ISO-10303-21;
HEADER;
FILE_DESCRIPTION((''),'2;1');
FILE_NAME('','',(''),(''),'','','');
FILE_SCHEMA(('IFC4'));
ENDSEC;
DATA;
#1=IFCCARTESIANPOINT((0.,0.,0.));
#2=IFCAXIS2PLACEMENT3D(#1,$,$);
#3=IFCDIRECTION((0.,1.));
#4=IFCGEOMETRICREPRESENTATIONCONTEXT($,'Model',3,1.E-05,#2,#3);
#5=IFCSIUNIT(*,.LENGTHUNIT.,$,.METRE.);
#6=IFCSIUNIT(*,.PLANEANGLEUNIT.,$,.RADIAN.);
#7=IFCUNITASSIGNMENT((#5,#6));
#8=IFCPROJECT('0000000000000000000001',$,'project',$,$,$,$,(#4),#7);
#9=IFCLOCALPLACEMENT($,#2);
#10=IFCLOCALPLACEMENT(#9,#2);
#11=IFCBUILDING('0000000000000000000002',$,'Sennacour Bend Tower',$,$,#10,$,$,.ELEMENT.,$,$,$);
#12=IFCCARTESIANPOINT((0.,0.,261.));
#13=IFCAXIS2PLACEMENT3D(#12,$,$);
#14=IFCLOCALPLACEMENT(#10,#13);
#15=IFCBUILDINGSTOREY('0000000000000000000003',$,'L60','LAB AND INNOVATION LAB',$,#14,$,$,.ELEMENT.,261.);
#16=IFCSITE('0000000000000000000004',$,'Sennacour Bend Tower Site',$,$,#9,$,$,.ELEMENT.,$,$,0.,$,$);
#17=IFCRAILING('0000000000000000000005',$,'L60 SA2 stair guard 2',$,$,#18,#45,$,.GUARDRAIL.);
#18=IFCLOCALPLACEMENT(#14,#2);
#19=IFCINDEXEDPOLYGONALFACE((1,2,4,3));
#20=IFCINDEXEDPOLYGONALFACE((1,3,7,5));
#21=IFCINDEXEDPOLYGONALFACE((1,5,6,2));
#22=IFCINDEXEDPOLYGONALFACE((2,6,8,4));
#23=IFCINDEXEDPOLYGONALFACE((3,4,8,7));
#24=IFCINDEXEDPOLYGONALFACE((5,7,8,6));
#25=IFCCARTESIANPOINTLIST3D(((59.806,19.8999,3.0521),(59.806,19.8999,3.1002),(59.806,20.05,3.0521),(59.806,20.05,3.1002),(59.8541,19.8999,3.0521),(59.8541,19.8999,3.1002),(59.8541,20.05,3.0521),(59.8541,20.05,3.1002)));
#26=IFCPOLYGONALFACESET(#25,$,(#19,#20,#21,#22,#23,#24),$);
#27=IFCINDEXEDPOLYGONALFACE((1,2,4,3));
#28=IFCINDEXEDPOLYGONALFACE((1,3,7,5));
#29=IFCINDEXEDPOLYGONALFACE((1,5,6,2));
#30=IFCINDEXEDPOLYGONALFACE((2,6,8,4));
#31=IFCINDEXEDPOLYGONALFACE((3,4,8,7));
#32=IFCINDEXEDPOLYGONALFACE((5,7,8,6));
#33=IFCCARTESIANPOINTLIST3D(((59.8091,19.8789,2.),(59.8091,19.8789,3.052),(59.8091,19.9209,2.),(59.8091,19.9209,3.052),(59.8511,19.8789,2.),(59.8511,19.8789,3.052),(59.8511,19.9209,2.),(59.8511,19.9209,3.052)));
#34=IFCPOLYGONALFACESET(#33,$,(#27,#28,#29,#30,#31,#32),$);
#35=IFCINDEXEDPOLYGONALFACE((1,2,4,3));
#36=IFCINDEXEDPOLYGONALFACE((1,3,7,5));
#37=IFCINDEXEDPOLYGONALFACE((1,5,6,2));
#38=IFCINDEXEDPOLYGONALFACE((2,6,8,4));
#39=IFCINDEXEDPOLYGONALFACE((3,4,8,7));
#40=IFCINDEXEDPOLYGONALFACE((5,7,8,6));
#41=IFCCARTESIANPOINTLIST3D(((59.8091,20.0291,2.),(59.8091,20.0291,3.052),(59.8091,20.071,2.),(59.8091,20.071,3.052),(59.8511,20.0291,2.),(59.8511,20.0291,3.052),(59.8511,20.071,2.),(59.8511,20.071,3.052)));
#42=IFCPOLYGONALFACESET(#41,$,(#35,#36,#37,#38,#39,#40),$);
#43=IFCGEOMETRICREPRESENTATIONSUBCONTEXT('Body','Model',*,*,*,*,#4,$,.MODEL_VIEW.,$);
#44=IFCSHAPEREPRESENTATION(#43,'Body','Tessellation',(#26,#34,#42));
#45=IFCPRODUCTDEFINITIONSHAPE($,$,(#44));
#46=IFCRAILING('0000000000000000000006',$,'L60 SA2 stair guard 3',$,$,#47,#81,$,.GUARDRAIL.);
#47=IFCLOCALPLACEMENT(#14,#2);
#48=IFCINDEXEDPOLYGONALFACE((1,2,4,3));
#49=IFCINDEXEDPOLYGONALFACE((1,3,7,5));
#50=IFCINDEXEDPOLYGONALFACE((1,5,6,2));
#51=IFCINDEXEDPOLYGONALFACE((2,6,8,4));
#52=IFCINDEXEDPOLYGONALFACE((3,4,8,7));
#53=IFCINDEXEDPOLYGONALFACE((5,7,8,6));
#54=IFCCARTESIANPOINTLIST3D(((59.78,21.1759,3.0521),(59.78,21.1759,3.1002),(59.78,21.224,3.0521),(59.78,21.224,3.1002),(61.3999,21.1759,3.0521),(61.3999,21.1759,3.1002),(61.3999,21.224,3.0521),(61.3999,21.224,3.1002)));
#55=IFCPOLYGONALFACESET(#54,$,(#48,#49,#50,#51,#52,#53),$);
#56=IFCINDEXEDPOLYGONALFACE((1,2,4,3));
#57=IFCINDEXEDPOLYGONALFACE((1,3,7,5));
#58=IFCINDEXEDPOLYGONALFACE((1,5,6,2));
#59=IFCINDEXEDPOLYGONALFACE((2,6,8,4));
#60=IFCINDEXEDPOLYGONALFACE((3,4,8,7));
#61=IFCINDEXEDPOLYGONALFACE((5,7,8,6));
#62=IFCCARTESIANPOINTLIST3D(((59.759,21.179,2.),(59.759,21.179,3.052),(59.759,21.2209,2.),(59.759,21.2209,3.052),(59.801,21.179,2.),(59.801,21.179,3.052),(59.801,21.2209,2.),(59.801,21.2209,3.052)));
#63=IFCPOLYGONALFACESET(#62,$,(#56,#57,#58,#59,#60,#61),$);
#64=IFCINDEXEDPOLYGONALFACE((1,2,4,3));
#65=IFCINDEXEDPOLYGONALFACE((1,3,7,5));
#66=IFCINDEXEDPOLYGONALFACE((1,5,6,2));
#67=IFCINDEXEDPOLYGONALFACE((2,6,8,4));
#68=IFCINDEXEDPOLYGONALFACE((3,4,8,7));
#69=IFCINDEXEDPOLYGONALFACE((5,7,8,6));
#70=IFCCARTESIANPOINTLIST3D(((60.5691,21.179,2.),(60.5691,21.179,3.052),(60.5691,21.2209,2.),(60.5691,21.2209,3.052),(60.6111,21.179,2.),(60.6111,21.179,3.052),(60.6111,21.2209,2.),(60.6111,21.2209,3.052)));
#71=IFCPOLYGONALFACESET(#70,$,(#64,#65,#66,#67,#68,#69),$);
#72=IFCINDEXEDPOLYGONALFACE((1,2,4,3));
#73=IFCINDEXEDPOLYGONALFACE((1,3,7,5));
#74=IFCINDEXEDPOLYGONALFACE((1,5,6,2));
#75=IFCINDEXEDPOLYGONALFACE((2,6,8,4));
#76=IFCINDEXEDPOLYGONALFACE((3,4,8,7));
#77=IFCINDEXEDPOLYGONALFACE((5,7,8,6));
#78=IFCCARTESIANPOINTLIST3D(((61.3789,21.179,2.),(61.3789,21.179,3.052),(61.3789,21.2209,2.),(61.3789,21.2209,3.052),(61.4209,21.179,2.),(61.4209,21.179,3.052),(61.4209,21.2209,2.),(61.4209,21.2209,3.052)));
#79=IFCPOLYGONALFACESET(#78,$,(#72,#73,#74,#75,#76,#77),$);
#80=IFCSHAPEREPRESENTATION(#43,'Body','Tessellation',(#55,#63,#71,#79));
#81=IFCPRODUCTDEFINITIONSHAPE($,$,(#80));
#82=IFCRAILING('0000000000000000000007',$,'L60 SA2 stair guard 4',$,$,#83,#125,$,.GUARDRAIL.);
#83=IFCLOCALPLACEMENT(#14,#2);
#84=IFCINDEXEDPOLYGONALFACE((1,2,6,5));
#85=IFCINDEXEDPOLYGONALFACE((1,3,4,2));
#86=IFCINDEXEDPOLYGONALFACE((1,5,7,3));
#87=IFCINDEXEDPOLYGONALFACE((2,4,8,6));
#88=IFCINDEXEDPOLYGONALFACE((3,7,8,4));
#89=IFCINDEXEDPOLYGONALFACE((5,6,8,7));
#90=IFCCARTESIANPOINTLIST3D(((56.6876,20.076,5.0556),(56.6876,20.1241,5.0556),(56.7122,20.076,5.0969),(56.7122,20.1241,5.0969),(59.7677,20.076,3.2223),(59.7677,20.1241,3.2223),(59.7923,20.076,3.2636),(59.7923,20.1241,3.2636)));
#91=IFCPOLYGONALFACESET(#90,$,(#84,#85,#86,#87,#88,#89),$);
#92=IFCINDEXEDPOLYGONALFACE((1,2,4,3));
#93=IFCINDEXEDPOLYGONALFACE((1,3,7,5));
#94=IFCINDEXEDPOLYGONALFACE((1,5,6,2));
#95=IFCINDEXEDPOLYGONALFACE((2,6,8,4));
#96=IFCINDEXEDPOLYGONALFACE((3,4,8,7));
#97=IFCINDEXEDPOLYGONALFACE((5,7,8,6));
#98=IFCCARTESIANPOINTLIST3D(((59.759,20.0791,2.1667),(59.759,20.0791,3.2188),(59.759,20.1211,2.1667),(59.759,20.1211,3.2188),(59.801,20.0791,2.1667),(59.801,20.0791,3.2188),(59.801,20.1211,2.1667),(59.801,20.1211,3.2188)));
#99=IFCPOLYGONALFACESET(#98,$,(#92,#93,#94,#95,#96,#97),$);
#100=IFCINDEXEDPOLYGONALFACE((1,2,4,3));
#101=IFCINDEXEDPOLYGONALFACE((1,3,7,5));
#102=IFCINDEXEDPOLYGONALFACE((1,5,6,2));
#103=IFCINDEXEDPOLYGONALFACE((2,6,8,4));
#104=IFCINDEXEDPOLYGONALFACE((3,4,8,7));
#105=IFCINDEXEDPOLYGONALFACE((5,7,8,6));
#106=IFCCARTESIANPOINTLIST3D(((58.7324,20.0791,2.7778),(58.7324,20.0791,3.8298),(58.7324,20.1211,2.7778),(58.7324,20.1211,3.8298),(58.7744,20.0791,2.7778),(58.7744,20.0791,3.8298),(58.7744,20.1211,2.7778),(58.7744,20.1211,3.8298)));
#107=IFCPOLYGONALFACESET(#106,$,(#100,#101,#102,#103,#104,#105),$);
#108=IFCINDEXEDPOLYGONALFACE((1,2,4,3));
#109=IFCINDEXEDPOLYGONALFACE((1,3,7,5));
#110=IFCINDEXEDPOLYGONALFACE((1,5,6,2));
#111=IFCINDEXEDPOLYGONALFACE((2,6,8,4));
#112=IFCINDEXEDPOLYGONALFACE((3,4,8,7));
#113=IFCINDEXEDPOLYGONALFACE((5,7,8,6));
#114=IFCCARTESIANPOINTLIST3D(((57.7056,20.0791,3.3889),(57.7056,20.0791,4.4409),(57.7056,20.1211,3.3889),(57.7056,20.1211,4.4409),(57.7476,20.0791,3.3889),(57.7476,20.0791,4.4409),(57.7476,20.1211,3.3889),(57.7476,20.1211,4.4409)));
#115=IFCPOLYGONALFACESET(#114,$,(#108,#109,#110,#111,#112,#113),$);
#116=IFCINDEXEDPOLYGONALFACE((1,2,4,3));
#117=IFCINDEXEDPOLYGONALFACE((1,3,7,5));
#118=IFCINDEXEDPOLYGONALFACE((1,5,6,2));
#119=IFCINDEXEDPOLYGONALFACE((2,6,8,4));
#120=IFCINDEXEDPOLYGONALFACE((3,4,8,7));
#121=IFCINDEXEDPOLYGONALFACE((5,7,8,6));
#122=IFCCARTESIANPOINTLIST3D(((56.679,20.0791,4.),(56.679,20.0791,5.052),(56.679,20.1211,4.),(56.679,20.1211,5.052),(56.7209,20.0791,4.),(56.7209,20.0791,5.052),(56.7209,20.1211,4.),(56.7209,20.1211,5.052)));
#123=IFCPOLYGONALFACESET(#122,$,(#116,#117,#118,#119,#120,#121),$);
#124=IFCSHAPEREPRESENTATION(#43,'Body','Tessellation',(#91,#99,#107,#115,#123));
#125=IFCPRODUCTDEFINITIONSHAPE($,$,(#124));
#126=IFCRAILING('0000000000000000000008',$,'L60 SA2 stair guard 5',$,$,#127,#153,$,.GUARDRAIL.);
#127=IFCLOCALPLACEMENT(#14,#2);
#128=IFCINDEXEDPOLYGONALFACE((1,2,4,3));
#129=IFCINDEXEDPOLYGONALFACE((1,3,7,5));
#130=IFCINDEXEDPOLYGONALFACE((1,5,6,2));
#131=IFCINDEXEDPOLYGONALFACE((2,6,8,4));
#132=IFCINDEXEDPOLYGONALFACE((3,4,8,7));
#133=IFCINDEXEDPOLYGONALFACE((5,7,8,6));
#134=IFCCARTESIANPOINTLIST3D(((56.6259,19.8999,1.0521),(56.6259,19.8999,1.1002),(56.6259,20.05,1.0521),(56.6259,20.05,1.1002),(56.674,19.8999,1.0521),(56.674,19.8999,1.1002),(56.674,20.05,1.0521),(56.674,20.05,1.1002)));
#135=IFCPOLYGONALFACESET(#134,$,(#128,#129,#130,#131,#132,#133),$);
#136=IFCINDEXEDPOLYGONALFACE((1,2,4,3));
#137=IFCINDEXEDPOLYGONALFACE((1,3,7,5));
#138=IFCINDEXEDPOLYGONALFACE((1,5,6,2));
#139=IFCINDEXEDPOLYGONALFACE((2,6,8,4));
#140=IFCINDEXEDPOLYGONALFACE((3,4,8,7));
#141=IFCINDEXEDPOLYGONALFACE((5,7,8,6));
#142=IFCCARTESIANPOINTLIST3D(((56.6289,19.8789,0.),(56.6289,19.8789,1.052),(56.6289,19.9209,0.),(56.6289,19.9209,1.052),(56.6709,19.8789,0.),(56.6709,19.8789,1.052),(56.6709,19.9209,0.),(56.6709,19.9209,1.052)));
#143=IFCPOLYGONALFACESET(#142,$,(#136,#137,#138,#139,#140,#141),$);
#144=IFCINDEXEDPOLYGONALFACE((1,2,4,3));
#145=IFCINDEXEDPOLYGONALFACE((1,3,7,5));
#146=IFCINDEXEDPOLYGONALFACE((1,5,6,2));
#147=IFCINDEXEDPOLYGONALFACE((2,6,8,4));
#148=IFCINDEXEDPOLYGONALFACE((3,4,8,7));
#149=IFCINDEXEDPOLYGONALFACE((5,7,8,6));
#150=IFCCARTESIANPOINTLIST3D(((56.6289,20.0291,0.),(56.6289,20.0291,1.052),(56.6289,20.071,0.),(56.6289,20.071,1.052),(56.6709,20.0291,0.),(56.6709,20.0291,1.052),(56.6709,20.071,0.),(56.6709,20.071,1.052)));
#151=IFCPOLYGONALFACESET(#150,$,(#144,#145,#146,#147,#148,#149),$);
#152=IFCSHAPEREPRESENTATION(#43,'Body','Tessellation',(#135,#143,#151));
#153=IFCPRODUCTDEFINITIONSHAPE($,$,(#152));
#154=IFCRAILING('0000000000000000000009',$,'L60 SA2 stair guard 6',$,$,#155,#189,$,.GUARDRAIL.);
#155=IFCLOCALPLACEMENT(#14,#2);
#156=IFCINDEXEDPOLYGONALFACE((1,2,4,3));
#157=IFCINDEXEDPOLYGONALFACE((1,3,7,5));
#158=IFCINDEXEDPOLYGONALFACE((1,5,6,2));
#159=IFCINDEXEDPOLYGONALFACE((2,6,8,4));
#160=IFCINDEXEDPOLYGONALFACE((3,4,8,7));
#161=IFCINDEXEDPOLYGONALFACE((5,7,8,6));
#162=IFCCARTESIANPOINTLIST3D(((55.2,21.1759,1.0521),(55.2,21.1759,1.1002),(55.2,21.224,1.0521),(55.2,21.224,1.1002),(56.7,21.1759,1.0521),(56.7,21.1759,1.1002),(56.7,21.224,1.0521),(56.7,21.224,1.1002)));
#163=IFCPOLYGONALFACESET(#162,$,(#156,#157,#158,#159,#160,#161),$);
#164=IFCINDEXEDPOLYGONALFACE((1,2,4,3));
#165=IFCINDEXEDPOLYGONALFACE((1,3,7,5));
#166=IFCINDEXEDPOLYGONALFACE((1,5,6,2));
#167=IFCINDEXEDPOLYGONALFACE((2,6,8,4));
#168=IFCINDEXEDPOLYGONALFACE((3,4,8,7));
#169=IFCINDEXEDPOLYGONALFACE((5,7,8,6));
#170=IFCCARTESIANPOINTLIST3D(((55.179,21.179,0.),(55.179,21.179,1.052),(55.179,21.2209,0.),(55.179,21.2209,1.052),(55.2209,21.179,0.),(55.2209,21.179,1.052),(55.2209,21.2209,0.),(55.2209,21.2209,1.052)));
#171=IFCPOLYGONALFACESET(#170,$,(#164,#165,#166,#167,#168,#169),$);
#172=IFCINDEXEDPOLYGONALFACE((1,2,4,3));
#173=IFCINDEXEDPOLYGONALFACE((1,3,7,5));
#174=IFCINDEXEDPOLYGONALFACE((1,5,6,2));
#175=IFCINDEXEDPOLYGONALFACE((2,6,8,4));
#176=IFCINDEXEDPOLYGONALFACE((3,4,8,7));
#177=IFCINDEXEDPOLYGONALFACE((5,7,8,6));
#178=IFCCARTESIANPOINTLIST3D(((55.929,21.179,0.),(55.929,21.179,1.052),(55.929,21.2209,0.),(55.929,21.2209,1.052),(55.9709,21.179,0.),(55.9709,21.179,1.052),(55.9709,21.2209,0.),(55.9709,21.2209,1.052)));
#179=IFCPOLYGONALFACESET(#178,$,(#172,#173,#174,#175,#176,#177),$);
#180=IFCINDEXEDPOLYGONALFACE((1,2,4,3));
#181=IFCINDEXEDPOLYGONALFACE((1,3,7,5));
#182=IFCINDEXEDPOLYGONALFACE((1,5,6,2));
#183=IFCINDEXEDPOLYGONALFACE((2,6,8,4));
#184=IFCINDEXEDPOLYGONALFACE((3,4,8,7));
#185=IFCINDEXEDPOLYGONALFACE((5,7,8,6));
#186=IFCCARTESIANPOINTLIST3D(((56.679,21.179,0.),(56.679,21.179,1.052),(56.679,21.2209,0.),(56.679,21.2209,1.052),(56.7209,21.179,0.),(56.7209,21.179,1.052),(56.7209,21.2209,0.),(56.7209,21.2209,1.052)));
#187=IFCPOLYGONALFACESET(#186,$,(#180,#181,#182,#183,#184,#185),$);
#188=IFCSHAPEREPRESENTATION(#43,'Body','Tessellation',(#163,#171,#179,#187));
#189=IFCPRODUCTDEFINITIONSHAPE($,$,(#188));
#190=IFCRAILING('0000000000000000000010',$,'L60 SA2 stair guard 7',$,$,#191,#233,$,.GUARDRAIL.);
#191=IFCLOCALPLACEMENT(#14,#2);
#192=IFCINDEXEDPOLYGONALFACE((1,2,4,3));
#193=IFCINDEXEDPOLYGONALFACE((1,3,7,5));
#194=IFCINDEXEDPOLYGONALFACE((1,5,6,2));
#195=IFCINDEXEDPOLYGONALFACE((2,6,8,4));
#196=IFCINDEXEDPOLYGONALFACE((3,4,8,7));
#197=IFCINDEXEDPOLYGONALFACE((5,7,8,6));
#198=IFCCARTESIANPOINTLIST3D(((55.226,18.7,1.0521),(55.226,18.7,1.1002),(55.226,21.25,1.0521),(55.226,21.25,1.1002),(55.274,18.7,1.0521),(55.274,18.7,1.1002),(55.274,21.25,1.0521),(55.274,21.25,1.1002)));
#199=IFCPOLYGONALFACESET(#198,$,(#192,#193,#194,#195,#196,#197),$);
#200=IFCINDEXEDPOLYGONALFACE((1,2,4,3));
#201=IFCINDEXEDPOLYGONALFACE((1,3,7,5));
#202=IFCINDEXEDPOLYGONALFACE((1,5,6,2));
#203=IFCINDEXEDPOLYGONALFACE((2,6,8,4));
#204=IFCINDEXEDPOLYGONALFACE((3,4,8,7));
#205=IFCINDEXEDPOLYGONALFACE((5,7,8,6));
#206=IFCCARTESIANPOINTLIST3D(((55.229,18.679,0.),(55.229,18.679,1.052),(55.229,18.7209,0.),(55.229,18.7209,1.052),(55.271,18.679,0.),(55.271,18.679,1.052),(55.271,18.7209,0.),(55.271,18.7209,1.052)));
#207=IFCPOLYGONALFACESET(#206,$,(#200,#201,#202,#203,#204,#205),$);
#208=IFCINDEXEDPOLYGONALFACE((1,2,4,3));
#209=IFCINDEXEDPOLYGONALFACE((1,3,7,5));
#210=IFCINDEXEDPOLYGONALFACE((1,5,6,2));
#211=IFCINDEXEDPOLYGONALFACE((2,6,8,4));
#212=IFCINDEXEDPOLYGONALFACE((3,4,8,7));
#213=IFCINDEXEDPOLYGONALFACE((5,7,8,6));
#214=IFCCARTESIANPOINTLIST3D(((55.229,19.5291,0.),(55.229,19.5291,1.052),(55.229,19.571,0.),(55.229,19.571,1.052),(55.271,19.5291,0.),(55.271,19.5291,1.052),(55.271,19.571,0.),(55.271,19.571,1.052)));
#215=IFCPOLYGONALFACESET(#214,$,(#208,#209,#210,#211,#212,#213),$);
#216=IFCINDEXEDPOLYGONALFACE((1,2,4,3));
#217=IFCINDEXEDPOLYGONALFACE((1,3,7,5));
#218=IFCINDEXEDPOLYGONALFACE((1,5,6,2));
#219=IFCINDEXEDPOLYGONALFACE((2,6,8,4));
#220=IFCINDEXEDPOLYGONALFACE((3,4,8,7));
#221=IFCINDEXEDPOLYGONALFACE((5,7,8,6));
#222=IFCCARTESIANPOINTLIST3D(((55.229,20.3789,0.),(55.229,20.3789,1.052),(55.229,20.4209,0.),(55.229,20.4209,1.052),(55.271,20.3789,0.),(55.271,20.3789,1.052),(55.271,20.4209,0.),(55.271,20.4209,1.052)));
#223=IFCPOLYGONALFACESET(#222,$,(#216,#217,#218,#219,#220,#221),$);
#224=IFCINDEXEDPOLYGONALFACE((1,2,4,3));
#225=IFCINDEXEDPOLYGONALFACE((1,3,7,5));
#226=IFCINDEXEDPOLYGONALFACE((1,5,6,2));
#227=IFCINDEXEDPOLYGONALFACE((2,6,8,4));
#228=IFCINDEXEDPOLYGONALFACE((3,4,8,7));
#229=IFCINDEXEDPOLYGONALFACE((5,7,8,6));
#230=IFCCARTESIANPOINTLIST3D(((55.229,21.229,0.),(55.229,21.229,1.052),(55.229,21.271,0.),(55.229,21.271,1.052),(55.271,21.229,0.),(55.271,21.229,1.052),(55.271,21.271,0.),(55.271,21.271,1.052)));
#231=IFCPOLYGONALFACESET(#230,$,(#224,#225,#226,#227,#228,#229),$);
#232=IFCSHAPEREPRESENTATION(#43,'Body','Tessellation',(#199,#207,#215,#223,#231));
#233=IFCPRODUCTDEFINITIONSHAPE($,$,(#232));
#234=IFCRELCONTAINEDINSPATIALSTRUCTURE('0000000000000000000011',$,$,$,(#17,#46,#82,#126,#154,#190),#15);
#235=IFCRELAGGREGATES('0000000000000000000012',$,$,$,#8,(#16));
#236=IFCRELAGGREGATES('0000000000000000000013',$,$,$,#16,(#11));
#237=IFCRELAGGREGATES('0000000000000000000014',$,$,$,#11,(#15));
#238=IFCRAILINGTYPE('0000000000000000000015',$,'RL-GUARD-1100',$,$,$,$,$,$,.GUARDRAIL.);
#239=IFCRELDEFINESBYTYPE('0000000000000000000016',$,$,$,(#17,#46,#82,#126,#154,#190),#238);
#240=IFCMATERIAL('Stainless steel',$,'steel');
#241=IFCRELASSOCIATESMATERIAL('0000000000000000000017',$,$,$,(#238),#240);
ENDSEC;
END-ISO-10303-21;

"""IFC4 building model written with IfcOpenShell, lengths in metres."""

from ifc_helpers import new_model, si_unit, direction, frame, origin, origin_2d, place, context, subcontext, project, spatial, rectangle, extrude, material, type_object, element, save


model = new_model("IFC4")

# Units and contexts
model_context = context("Model", 3, precision=1e-05, world=origin(), true_north=direction((0.0, 1.0)))
body_context = subcontext(model_context, "Body", "Model", "MODEL_VIEW")
ifc_project = project(units=[si_unit("LENGTHUNIT", "METRE"), si_unit("PLANEANGLEUNIT", "RADIAN")], contexts=[model_context])

# Site, building, storey
site_placement = place(None, origin())
site = spatial("IfcSite", under=ifc_project, at=site_placement, Name="Sennacour Bend Tower Site", CompositionType="ELEMENT", RefElevation=0.0)
building_placement = place(site_placement, origin())
building = spatial("IfcBuilding", under=site, at=building_placement, Name="Sennacour Bend Tower", CompositionType="ELEMENT")
storey_placement = place(building_placement, frame((0.0, 0.0, 261.0)))
storey = spatial("IfcBuildingStorey", under=building, at=storey_placement, Name="L60", Description="LAB AND INNOVATION LAB", CompositionType="ELEMENT", Elevation=261.0)

# Railings
ifc_material_1 = material(Name="Stainless steel", Category="steel")
railing_type_1 = type_object("IfcRailingType", Name="RL-GUARD-1100", PredefinedType="GUARDRAIL", material=ifc_material_1)
railing_1_placement = place(storey_placement, frame((59.8301, 19.8999, 2.0)))
element("IfcRailing", 1, at=railing_1_placement, inside=storey, type_object=railing_type_1, Name="L60 SA2 stair guard 2", PredefinedType="GUARDRAIL", context=body_context, shape_type="SweptSolid", body=[
    extrude(rectangle(XDim=0.0481, YDim=0.0481, at=origin_2d()), frame((0.0, 0.0, 1.0762), z_axis=(0.0, 1.0, 0.0), x_axis=(-1.0, 0.0, 0.0)), (0.0, 0.0, 1.0), 0.1501),
    extrude(rectangle(XDim=0.042, YDim=0.042, at=origin_2d()), origin(), (0.0, 0.0, 1.0), 1.052),
    extrude(rectangle(XDim=0.042, YDim=0.042, at=origin_2d()), frame((0.0, 0.1501, 0.0)), (0.0, 0.0, 1.0), 1.052),
])
railing_2_placement = place(storey_placement, frame((59.78, 21.2, 2.0)))
element("IfcRailing", 2, at=railing_2_placement, inside=storey, type_object=railing_type_1, Name="L60 SA2 stair guard 3", PredefinedType="GUARDRAIL", context=body_context, shape_type="SweptSolid", body=[
    extrude(rectangle(XDim=0.0481, YDim=0.0481, at=origin_2d()), frame((0.0, 0.0, 1.0762), z_axis=(1.0, 0.0, 0.0), x_axis=(0.0, 1.0, 0.0)), (0.0, 0.0, 1.0), 1.6199),
    extrude(rectangle(XDim=0.042, YDim=0.042, at=origin_2d()), origin(), (0.0, 0.0, 1.0), 1.052),
    extrude(rectangle(XDim=0.042, YDim=0.042, at=origin_2d()), frame((0.8101, 0.0, 0.0)), (0.0, 0.0, 1.0), 1.052),
    extrude(rectangle(XDim=0.042, YDim=0.042, at=origin_2d()), frame((1.6199, 0.0, 0.0)), (0.0, 0.0, 1.0), 1.052),
])
railing_3_placement = place(storey_placement, frame((59.78, 20.1001, 2.1667)))
element("IfcRailing", 3, at=railing_3_placement, inside=storey, type_object=railing_type_1, Name="L60 SA2 stair guard 4", PredefinedType="GUARDRAIL", context=body_context, shape_type="SweptSolid", body=[
    extrude(rectangle(XDim=0.0481, YDim=0.0481, at=origin_2d()), frame((0.0, 0.0, 1.0762), z_axis=(-0.859309, 0.0, 0.511458), x_axis=(0.0, -1.0, 0.0)), (0.0, 0.0, 1.0), 3.5845),
    extrude(rectangle(XDim=0.042, YDim=0.042, at=origin_2d()), origin(), (0.0, 0.0, 1.0), 1.052),
    extrude(rectangle(XDim=0.042, YDim=0.042, at=origin_2d()), frame((-1.0266, 0.0, 0.6111)), (0.0, 0.0, 1.0), 1.052),
    extrude(rectangle(XDim=0.042, YDim=0.042, at=origin_2d()), frame((-2.0535, 0.0, 1.2222)), (0.0, 0.0, 1.0), 1.052),
    extrude(rectangle(XDim=0.042, YDim=0.042, at=origin_2d()), frame((-3.0801, 0.0, 1.8333)), (0.0, 0.0, 1.0), 1.052),
])
railing_4_placement = place(storey_placement, frame((56.6499, 19.8999, 0.0)))
element("IfcRailing", 4, at=railing_4_placement, inside=storey, type_object=railing_type_1, Name="L60 SA2 stair guard 5", PredefinedType="GUARDRAIL", context=body_context, shape_type="SweptSolid", body=[
    extrude(rectangle(XDim=0.0481, YDim=0.0481, at=origin_2d()), frame((0.0, 0.0, 1.0762), z_axis=(0.0, 1.0, 0.0), x_axis=(-1.0, 0.0, 0.0)), (0.0, 0.0, 1.0), 0.1501),
    extrude(rectangle(XDim=0.042, YDim=0.042, at=origin_2d()), origin(), (0.0, 0.0, 1.0), 1.052),
    extrude(rectangle(XDim=0.042, YDim=0.042, at=origin_2d()), frame((0.0, 0.1501, 0.0)), (0.0, 0.0, 1.0), 1.052),
])
railing_5_placement = place(storey_placement, frame((55.2, 21.2, 0.0)))
element("IfcRailing", 5, at=railing_5_placement, inside=storey, type_object=railing_type_1, Name="L60 SA2 stair guard 6", PredefinedType="GUARDRAIL", context=body_context, shape_type="SweptSolid", body=[
    extrude(rectangle(XDim=0.0481, YDim=0.0481, at=origin_2d()), frame((0.0, 0.0, 1.0762), z_axis=(1.0, 0.0, 0.0), x_axis=(0.0, 1.0, 0.0)), (0.0, 0.0, 1.0), 1.5),
    extrude(rectangle(XDim=0.042, YDim=0.042, at=origin_2d()), origin(), (0.0, 0.0, 1.0), 1.052),
    extrude(rectangle(XDim=0.042, YDim=0.042, at=origin_2d()), frame((0.75, 0.0, 0.0)), (0.0, 0.0, 1.0), 1.052),
    extrude(rectangle(XDim=0.042, YDim=0.042, at=origin_2d()), frame((1.5, 0.0, 0.0)), (0.0, 0.0, 1.0), 1.052),
])
railing_6_placement = place(storey_placement, frame((55.25, 18.7, 0.0)))
element("IfcRailing", 6, at=railing_6_placement, inside=storey, type_object=railing_type_1, Name="L60 SA2 stair guard 7", PredefinedType="GUARDRAIL", context=body_context, shape_type="SweptSolid", body=[
    extrude(rectangle(XDim=0.0481, YDim=0.0481, at=origin_2d()), frame((0.0, 0.0, 1.0762), z_axis=(0.0, 1.0, 0.0), x_axis=(-1.0, 0.0, 0.0)), (0.0, 0.0, 1.0), 2.55),
    extrude(rectangle(XDim=0.042, YDim=0.042, at=origin_2d()), origin(), (0.0, 0.0, 1.0), 1.052),
    extrude(rectangle(XDim=0.042, YDim=0.042, at=origin_2d()), frame((0.0, 0.8501, 0.0)), (0.0, 0.0, 1.0), 1.052),
    extrude(rectangle(XDim=0.042, YDim=0.042, at=origin_2d()), frame((0.0, 1.7, 0.0)), (0.0, 0.0, 1.0), 1.052),
    extrude(rectangle(XDim=0.042, YDim=0.042, at=origin_2d()), frame((0.0, 2.55, 0.0)), (0.0, 0.0, 1.0), 1.052),
])

save(model, "model.ifc")
